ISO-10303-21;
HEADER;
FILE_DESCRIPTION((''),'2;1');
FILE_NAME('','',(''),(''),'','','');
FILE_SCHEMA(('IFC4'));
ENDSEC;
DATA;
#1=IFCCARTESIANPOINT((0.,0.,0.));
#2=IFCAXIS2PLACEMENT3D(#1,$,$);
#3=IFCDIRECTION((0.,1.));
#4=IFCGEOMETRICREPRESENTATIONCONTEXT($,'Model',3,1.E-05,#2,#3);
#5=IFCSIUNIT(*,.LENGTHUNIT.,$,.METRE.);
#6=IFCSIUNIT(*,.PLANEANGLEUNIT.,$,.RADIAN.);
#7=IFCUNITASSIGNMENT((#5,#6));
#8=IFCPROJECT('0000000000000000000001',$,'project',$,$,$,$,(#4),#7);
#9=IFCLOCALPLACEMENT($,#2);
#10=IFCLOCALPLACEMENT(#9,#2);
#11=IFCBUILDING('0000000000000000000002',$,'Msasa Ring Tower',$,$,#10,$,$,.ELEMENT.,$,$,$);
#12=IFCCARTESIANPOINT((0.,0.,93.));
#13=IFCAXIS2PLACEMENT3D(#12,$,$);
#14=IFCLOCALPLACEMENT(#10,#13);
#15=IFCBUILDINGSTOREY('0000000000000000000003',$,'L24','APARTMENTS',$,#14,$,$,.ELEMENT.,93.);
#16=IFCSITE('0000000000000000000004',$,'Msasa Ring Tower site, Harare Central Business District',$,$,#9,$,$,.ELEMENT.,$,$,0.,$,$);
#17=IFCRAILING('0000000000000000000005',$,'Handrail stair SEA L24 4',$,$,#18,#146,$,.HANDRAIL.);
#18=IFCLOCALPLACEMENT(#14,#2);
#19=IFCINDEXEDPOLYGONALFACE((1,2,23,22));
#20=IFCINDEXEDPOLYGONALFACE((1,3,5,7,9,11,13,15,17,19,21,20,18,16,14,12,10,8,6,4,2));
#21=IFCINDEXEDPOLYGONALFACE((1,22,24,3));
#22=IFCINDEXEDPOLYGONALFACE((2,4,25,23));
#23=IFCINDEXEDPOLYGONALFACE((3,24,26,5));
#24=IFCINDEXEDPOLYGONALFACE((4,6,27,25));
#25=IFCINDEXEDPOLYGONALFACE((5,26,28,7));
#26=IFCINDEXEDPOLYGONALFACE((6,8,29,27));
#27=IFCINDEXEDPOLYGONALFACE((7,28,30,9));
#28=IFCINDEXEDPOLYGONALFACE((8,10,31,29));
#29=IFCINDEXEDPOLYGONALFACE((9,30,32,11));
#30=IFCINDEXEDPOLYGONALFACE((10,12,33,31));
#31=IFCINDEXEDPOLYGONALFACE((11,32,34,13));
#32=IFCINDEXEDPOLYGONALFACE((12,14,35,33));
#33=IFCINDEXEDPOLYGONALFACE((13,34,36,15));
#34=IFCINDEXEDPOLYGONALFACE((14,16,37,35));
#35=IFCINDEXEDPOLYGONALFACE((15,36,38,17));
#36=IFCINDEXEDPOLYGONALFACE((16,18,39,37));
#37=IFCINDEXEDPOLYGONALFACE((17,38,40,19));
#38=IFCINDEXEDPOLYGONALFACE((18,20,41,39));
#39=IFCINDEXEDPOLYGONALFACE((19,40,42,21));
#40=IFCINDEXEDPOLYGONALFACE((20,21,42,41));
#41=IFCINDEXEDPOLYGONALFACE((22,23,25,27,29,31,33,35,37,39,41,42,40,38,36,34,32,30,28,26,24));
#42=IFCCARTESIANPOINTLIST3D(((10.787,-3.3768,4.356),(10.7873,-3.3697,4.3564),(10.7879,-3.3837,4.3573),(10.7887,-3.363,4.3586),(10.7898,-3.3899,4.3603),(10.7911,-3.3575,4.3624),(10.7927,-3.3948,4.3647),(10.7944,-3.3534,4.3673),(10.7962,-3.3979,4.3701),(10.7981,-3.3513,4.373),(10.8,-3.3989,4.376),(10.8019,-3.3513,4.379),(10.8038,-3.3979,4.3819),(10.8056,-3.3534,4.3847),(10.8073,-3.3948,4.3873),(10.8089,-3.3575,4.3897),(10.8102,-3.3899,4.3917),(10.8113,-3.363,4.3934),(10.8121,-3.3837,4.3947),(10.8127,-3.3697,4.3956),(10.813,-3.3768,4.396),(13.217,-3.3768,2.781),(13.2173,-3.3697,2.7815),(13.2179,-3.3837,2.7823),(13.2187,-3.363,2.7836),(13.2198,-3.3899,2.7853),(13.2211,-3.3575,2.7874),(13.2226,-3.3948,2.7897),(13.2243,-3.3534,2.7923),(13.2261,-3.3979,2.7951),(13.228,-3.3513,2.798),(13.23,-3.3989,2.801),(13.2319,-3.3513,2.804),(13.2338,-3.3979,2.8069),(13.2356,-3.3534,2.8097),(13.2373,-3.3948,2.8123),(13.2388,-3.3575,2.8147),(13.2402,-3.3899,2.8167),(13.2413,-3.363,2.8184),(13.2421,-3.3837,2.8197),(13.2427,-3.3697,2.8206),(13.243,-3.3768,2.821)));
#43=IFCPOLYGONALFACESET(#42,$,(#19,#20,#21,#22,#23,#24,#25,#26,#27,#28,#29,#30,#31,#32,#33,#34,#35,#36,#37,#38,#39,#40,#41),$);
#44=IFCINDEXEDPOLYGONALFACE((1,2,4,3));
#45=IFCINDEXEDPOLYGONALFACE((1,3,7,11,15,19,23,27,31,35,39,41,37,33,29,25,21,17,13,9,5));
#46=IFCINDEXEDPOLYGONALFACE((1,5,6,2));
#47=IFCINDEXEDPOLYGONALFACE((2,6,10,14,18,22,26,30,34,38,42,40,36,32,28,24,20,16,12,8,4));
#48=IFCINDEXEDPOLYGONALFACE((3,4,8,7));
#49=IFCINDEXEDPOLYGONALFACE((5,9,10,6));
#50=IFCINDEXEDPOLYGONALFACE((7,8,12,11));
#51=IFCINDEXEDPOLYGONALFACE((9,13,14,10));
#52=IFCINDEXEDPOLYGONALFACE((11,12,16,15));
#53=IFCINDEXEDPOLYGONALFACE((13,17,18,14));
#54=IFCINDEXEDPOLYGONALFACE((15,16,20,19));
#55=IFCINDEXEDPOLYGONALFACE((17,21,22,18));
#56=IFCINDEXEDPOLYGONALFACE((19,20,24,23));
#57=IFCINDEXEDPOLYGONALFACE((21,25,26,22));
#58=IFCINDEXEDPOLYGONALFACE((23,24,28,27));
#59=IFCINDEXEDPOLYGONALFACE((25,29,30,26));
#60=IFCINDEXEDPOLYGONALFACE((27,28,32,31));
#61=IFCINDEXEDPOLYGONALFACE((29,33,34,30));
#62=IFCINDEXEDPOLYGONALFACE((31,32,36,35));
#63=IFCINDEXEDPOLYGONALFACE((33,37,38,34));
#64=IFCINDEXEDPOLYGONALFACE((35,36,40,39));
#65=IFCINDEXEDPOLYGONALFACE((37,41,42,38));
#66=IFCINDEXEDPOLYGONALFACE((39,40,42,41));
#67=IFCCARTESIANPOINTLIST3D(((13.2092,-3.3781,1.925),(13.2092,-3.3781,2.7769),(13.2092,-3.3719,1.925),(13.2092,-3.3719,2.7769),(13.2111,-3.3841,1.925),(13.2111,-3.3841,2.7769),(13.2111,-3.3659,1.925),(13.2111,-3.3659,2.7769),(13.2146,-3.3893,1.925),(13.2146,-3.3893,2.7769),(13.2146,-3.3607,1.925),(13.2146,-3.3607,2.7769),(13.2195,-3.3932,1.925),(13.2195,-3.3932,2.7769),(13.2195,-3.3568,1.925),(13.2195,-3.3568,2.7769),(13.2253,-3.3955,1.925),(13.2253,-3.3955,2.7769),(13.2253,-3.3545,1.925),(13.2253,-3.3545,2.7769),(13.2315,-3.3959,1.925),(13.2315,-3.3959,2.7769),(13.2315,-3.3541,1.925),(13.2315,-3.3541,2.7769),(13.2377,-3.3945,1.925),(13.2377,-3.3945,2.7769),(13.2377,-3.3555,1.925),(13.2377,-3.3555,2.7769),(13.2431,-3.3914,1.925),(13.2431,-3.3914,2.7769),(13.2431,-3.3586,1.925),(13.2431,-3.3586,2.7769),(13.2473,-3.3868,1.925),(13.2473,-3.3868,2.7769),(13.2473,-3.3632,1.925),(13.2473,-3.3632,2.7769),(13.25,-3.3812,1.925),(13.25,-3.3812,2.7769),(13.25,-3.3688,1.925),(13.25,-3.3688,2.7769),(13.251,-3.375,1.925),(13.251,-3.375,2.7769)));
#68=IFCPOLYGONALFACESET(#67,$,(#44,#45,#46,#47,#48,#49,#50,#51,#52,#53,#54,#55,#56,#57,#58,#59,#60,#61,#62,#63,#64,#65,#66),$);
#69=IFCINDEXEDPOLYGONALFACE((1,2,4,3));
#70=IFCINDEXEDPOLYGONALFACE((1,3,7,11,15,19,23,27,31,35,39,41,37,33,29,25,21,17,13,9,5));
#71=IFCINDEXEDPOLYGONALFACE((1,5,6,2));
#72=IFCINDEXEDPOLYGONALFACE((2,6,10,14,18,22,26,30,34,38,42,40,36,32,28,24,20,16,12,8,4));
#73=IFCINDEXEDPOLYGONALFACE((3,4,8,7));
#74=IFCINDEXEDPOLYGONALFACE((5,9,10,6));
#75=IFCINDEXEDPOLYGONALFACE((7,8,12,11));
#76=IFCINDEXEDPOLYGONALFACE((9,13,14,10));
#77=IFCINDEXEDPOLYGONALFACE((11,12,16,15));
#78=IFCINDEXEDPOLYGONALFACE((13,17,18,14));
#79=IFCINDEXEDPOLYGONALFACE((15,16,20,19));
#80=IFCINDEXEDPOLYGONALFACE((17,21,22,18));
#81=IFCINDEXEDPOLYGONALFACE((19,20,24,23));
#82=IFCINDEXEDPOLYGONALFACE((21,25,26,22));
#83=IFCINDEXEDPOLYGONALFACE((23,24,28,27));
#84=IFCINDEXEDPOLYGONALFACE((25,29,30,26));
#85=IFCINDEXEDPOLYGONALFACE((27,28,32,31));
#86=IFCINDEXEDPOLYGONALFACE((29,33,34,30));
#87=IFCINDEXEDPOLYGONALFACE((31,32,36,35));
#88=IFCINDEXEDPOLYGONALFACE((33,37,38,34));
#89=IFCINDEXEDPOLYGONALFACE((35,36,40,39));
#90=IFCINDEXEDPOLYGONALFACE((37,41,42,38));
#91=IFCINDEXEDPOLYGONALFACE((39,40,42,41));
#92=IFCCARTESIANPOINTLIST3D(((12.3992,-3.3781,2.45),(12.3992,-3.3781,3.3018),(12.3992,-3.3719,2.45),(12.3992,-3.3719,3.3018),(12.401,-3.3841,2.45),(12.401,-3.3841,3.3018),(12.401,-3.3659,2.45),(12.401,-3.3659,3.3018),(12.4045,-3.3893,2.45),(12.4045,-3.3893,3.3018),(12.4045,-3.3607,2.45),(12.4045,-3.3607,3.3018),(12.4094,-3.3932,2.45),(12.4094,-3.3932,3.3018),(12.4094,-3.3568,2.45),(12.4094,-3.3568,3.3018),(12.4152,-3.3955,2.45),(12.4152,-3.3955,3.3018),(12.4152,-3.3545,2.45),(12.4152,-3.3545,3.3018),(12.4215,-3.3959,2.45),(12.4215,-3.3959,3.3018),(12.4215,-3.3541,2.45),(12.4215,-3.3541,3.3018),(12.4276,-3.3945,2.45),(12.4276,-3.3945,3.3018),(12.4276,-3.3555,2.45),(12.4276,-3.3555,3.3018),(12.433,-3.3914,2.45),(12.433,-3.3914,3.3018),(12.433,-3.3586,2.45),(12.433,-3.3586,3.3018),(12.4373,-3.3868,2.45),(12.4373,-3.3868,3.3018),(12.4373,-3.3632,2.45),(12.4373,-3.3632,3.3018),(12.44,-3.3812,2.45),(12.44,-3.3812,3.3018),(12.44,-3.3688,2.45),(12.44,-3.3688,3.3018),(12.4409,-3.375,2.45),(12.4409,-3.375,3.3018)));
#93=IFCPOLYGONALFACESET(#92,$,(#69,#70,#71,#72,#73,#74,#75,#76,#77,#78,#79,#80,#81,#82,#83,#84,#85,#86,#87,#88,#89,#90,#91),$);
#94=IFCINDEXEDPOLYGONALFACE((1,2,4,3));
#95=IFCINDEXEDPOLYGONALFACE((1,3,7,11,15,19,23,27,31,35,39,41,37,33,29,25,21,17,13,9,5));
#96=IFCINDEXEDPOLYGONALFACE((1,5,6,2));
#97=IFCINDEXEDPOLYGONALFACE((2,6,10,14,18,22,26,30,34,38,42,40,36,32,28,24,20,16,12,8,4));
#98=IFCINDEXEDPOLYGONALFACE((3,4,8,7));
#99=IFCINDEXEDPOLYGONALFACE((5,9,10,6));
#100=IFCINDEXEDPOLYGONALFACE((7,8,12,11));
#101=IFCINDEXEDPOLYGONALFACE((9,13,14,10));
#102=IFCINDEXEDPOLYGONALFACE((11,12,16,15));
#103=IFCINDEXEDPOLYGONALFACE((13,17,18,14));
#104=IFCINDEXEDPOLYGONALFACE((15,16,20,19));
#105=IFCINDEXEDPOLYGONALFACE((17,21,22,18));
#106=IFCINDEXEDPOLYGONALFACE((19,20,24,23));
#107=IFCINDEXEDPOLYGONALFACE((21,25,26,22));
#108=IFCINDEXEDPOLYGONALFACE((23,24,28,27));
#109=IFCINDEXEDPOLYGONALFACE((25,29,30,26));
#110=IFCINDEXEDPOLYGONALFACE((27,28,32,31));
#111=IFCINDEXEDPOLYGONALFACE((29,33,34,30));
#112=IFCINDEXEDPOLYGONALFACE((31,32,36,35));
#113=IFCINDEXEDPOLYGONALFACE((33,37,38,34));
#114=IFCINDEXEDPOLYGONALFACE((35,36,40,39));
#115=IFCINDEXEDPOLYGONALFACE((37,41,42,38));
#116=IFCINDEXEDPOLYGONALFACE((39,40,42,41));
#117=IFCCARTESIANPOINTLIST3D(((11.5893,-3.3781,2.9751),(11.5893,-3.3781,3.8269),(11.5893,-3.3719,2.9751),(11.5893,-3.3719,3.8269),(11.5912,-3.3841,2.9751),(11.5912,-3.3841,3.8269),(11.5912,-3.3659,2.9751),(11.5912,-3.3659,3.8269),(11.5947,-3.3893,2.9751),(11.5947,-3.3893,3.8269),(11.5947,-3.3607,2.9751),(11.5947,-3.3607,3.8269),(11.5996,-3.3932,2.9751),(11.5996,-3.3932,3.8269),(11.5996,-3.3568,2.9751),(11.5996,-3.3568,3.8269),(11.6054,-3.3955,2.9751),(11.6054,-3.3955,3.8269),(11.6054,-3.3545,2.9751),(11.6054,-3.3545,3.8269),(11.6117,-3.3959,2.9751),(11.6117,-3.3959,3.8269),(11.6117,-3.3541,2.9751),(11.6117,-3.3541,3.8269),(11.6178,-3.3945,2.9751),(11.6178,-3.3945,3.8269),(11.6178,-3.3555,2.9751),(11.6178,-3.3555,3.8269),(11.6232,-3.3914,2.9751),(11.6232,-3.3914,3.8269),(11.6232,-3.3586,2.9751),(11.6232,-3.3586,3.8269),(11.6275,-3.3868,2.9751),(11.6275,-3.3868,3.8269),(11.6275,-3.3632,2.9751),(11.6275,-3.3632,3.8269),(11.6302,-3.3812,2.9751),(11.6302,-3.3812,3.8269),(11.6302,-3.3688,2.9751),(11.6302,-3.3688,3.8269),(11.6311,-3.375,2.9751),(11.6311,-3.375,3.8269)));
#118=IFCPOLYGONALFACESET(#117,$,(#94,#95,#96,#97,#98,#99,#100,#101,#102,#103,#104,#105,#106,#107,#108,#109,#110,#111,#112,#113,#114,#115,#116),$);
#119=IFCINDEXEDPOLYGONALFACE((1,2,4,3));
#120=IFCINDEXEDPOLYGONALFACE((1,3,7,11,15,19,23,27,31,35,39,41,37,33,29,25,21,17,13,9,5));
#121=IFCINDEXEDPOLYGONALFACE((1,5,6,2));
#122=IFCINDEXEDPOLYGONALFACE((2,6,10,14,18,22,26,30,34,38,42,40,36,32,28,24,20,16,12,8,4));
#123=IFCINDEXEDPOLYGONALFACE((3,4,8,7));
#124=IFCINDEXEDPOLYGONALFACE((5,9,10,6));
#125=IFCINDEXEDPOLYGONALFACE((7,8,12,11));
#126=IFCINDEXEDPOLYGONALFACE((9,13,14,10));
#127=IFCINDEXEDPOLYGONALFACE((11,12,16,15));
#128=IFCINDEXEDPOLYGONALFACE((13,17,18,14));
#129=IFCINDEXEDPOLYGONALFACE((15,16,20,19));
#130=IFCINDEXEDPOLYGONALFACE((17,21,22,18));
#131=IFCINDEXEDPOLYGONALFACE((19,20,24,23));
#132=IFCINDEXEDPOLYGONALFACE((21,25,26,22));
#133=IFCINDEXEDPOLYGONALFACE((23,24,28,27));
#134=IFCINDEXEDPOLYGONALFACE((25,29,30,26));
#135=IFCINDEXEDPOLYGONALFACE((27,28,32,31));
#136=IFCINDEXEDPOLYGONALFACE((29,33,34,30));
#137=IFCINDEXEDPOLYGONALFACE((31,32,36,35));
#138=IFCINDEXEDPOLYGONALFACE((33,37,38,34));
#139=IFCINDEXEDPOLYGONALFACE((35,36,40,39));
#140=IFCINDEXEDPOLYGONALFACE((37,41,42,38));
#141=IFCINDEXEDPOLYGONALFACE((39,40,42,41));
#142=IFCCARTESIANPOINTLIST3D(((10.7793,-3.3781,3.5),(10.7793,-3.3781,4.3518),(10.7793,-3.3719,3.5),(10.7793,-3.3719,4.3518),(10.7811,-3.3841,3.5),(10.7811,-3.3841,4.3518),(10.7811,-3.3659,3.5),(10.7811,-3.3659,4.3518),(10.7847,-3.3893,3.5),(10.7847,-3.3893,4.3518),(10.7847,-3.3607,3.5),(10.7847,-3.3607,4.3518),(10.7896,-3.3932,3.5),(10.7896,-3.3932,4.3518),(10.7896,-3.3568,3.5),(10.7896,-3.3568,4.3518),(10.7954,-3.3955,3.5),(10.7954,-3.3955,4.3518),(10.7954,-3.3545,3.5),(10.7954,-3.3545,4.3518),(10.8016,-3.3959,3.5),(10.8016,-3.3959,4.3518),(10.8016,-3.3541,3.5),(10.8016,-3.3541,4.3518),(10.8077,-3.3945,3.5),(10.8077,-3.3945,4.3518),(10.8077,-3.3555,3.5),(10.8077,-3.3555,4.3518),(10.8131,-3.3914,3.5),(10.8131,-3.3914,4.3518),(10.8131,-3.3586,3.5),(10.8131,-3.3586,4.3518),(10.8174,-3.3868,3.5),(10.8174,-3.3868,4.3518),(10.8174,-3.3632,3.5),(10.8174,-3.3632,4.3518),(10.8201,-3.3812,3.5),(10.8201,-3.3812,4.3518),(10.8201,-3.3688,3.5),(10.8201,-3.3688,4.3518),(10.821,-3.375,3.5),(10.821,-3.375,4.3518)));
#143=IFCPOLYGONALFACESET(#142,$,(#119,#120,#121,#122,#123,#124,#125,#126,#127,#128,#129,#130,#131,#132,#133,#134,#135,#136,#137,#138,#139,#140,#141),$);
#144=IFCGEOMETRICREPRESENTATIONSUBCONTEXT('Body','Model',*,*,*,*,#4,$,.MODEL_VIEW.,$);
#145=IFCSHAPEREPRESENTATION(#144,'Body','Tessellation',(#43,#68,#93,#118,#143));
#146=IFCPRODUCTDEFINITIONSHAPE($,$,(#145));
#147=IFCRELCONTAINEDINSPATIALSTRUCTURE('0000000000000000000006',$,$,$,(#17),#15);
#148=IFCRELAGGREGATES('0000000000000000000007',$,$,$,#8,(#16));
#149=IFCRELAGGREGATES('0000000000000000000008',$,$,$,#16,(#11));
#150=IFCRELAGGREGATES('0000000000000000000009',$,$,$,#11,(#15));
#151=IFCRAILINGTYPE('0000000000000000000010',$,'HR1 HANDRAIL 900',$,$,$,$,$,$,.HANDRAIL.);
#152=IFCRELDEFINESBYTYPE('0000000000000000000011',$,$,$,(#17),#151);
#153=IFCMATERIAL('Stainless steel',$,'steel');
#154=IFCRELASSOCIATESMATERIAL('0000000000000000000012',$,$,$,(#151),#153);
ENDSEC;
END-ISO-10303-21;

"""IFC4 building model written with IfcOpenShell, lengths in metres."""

from ifc_helpers import new_model, si_unit, direction, frame, origin, origin_2d, place, context, subcontext, project, spatial, circle, extrude, material, type_object, element, save


model = new_model("IFC4")

# Units and contexts
model_context = context("Model", 3, precision=1e-05, world=origin(), true_north=direction((0.0, 1.0)))
body_context = subcontext(model_context, "Body", "Model", "MODEL_VIEW")
ifc_project = project(units=[si_unit("LENGTHUNIT", "METRE"), si_unit("PLANEANGLEUNIT", "RADIAN")], contexts=[model_context])

# Site, building, storey
site_placement = place(None, origin())
site = spatial("IfcSite", under=ifc_project, at=site_placement, Name="Msasa Ring Tower site, Harare Central Business District", CompositionType="ELEMENT", RefElevation=0.0)
building_placement = place(site_placement, origin())
building = spatial("IfcBuilding", under=site, at=building_placement, Name="Msasa Ring Tower", CompositionType="ELEMENT")
storey_placement = place(building_placement, frame((0.0, 0.0, 93.0)))
storey = spatial("IfcBuildingStorey", under=building, at=storey_placement, Name="L24", Description="APARTMENTS", CompositionType="ELEMENT", Elevation=93.0)

# Railing
ifc_material_1 = material(Name="Stainless steel", Category="steel")
railing_type = type_object("IfcRailingType", Name="HR1 HANDRAIL 900", PredefinedType="HANDRAIL", material=ifc_material_1)
for number, where, name in (
    (1, (13.23, -3.375, 1.925), "Handrail stair SEA L24 4"),
):
    element("IfcRailing", number, at=place(storey_placement, frame(where)), inside=storey, type_object=railing_type, Name=name, PredefinedType="HANDRAIL", context=body_context, shape_type="SweptSolid", body=[
        extrude(circle(Radius=0.0239, at=origin_2d()), frame((0.0, 0.0, 0.876), z_axis=(-0.839154, 0.0, 0.543894), x_axis=(0.0, -1.0, 0.0)), (0.0, 0.0, 1.0), 2.8958),
        extrude(circle(Radius=0.021, at=origin_2d()), origin(), (0.0, 0.0, 1.0), 0.8518),
        extrude(circle(Radius=0.021, at=origin_2d()), frame((-0.8101, 0.0, 0.5249)), (0.0, 0.0, 1.0), 0.8518),
        extrude(circle(Radius=0.021, at=origin_2d()), frame((-1.6199, 0.0, 1.05)), (0.0, 0.0, 1.0), 0.8518),
        extrude(circle(Radius=0.021, at=origin_2d()), frame((-2.4299, 0.0, 1.575)), (0.0, 0.0, 1.0), 0.8518),
    ])

save(model, "model.ifc")
